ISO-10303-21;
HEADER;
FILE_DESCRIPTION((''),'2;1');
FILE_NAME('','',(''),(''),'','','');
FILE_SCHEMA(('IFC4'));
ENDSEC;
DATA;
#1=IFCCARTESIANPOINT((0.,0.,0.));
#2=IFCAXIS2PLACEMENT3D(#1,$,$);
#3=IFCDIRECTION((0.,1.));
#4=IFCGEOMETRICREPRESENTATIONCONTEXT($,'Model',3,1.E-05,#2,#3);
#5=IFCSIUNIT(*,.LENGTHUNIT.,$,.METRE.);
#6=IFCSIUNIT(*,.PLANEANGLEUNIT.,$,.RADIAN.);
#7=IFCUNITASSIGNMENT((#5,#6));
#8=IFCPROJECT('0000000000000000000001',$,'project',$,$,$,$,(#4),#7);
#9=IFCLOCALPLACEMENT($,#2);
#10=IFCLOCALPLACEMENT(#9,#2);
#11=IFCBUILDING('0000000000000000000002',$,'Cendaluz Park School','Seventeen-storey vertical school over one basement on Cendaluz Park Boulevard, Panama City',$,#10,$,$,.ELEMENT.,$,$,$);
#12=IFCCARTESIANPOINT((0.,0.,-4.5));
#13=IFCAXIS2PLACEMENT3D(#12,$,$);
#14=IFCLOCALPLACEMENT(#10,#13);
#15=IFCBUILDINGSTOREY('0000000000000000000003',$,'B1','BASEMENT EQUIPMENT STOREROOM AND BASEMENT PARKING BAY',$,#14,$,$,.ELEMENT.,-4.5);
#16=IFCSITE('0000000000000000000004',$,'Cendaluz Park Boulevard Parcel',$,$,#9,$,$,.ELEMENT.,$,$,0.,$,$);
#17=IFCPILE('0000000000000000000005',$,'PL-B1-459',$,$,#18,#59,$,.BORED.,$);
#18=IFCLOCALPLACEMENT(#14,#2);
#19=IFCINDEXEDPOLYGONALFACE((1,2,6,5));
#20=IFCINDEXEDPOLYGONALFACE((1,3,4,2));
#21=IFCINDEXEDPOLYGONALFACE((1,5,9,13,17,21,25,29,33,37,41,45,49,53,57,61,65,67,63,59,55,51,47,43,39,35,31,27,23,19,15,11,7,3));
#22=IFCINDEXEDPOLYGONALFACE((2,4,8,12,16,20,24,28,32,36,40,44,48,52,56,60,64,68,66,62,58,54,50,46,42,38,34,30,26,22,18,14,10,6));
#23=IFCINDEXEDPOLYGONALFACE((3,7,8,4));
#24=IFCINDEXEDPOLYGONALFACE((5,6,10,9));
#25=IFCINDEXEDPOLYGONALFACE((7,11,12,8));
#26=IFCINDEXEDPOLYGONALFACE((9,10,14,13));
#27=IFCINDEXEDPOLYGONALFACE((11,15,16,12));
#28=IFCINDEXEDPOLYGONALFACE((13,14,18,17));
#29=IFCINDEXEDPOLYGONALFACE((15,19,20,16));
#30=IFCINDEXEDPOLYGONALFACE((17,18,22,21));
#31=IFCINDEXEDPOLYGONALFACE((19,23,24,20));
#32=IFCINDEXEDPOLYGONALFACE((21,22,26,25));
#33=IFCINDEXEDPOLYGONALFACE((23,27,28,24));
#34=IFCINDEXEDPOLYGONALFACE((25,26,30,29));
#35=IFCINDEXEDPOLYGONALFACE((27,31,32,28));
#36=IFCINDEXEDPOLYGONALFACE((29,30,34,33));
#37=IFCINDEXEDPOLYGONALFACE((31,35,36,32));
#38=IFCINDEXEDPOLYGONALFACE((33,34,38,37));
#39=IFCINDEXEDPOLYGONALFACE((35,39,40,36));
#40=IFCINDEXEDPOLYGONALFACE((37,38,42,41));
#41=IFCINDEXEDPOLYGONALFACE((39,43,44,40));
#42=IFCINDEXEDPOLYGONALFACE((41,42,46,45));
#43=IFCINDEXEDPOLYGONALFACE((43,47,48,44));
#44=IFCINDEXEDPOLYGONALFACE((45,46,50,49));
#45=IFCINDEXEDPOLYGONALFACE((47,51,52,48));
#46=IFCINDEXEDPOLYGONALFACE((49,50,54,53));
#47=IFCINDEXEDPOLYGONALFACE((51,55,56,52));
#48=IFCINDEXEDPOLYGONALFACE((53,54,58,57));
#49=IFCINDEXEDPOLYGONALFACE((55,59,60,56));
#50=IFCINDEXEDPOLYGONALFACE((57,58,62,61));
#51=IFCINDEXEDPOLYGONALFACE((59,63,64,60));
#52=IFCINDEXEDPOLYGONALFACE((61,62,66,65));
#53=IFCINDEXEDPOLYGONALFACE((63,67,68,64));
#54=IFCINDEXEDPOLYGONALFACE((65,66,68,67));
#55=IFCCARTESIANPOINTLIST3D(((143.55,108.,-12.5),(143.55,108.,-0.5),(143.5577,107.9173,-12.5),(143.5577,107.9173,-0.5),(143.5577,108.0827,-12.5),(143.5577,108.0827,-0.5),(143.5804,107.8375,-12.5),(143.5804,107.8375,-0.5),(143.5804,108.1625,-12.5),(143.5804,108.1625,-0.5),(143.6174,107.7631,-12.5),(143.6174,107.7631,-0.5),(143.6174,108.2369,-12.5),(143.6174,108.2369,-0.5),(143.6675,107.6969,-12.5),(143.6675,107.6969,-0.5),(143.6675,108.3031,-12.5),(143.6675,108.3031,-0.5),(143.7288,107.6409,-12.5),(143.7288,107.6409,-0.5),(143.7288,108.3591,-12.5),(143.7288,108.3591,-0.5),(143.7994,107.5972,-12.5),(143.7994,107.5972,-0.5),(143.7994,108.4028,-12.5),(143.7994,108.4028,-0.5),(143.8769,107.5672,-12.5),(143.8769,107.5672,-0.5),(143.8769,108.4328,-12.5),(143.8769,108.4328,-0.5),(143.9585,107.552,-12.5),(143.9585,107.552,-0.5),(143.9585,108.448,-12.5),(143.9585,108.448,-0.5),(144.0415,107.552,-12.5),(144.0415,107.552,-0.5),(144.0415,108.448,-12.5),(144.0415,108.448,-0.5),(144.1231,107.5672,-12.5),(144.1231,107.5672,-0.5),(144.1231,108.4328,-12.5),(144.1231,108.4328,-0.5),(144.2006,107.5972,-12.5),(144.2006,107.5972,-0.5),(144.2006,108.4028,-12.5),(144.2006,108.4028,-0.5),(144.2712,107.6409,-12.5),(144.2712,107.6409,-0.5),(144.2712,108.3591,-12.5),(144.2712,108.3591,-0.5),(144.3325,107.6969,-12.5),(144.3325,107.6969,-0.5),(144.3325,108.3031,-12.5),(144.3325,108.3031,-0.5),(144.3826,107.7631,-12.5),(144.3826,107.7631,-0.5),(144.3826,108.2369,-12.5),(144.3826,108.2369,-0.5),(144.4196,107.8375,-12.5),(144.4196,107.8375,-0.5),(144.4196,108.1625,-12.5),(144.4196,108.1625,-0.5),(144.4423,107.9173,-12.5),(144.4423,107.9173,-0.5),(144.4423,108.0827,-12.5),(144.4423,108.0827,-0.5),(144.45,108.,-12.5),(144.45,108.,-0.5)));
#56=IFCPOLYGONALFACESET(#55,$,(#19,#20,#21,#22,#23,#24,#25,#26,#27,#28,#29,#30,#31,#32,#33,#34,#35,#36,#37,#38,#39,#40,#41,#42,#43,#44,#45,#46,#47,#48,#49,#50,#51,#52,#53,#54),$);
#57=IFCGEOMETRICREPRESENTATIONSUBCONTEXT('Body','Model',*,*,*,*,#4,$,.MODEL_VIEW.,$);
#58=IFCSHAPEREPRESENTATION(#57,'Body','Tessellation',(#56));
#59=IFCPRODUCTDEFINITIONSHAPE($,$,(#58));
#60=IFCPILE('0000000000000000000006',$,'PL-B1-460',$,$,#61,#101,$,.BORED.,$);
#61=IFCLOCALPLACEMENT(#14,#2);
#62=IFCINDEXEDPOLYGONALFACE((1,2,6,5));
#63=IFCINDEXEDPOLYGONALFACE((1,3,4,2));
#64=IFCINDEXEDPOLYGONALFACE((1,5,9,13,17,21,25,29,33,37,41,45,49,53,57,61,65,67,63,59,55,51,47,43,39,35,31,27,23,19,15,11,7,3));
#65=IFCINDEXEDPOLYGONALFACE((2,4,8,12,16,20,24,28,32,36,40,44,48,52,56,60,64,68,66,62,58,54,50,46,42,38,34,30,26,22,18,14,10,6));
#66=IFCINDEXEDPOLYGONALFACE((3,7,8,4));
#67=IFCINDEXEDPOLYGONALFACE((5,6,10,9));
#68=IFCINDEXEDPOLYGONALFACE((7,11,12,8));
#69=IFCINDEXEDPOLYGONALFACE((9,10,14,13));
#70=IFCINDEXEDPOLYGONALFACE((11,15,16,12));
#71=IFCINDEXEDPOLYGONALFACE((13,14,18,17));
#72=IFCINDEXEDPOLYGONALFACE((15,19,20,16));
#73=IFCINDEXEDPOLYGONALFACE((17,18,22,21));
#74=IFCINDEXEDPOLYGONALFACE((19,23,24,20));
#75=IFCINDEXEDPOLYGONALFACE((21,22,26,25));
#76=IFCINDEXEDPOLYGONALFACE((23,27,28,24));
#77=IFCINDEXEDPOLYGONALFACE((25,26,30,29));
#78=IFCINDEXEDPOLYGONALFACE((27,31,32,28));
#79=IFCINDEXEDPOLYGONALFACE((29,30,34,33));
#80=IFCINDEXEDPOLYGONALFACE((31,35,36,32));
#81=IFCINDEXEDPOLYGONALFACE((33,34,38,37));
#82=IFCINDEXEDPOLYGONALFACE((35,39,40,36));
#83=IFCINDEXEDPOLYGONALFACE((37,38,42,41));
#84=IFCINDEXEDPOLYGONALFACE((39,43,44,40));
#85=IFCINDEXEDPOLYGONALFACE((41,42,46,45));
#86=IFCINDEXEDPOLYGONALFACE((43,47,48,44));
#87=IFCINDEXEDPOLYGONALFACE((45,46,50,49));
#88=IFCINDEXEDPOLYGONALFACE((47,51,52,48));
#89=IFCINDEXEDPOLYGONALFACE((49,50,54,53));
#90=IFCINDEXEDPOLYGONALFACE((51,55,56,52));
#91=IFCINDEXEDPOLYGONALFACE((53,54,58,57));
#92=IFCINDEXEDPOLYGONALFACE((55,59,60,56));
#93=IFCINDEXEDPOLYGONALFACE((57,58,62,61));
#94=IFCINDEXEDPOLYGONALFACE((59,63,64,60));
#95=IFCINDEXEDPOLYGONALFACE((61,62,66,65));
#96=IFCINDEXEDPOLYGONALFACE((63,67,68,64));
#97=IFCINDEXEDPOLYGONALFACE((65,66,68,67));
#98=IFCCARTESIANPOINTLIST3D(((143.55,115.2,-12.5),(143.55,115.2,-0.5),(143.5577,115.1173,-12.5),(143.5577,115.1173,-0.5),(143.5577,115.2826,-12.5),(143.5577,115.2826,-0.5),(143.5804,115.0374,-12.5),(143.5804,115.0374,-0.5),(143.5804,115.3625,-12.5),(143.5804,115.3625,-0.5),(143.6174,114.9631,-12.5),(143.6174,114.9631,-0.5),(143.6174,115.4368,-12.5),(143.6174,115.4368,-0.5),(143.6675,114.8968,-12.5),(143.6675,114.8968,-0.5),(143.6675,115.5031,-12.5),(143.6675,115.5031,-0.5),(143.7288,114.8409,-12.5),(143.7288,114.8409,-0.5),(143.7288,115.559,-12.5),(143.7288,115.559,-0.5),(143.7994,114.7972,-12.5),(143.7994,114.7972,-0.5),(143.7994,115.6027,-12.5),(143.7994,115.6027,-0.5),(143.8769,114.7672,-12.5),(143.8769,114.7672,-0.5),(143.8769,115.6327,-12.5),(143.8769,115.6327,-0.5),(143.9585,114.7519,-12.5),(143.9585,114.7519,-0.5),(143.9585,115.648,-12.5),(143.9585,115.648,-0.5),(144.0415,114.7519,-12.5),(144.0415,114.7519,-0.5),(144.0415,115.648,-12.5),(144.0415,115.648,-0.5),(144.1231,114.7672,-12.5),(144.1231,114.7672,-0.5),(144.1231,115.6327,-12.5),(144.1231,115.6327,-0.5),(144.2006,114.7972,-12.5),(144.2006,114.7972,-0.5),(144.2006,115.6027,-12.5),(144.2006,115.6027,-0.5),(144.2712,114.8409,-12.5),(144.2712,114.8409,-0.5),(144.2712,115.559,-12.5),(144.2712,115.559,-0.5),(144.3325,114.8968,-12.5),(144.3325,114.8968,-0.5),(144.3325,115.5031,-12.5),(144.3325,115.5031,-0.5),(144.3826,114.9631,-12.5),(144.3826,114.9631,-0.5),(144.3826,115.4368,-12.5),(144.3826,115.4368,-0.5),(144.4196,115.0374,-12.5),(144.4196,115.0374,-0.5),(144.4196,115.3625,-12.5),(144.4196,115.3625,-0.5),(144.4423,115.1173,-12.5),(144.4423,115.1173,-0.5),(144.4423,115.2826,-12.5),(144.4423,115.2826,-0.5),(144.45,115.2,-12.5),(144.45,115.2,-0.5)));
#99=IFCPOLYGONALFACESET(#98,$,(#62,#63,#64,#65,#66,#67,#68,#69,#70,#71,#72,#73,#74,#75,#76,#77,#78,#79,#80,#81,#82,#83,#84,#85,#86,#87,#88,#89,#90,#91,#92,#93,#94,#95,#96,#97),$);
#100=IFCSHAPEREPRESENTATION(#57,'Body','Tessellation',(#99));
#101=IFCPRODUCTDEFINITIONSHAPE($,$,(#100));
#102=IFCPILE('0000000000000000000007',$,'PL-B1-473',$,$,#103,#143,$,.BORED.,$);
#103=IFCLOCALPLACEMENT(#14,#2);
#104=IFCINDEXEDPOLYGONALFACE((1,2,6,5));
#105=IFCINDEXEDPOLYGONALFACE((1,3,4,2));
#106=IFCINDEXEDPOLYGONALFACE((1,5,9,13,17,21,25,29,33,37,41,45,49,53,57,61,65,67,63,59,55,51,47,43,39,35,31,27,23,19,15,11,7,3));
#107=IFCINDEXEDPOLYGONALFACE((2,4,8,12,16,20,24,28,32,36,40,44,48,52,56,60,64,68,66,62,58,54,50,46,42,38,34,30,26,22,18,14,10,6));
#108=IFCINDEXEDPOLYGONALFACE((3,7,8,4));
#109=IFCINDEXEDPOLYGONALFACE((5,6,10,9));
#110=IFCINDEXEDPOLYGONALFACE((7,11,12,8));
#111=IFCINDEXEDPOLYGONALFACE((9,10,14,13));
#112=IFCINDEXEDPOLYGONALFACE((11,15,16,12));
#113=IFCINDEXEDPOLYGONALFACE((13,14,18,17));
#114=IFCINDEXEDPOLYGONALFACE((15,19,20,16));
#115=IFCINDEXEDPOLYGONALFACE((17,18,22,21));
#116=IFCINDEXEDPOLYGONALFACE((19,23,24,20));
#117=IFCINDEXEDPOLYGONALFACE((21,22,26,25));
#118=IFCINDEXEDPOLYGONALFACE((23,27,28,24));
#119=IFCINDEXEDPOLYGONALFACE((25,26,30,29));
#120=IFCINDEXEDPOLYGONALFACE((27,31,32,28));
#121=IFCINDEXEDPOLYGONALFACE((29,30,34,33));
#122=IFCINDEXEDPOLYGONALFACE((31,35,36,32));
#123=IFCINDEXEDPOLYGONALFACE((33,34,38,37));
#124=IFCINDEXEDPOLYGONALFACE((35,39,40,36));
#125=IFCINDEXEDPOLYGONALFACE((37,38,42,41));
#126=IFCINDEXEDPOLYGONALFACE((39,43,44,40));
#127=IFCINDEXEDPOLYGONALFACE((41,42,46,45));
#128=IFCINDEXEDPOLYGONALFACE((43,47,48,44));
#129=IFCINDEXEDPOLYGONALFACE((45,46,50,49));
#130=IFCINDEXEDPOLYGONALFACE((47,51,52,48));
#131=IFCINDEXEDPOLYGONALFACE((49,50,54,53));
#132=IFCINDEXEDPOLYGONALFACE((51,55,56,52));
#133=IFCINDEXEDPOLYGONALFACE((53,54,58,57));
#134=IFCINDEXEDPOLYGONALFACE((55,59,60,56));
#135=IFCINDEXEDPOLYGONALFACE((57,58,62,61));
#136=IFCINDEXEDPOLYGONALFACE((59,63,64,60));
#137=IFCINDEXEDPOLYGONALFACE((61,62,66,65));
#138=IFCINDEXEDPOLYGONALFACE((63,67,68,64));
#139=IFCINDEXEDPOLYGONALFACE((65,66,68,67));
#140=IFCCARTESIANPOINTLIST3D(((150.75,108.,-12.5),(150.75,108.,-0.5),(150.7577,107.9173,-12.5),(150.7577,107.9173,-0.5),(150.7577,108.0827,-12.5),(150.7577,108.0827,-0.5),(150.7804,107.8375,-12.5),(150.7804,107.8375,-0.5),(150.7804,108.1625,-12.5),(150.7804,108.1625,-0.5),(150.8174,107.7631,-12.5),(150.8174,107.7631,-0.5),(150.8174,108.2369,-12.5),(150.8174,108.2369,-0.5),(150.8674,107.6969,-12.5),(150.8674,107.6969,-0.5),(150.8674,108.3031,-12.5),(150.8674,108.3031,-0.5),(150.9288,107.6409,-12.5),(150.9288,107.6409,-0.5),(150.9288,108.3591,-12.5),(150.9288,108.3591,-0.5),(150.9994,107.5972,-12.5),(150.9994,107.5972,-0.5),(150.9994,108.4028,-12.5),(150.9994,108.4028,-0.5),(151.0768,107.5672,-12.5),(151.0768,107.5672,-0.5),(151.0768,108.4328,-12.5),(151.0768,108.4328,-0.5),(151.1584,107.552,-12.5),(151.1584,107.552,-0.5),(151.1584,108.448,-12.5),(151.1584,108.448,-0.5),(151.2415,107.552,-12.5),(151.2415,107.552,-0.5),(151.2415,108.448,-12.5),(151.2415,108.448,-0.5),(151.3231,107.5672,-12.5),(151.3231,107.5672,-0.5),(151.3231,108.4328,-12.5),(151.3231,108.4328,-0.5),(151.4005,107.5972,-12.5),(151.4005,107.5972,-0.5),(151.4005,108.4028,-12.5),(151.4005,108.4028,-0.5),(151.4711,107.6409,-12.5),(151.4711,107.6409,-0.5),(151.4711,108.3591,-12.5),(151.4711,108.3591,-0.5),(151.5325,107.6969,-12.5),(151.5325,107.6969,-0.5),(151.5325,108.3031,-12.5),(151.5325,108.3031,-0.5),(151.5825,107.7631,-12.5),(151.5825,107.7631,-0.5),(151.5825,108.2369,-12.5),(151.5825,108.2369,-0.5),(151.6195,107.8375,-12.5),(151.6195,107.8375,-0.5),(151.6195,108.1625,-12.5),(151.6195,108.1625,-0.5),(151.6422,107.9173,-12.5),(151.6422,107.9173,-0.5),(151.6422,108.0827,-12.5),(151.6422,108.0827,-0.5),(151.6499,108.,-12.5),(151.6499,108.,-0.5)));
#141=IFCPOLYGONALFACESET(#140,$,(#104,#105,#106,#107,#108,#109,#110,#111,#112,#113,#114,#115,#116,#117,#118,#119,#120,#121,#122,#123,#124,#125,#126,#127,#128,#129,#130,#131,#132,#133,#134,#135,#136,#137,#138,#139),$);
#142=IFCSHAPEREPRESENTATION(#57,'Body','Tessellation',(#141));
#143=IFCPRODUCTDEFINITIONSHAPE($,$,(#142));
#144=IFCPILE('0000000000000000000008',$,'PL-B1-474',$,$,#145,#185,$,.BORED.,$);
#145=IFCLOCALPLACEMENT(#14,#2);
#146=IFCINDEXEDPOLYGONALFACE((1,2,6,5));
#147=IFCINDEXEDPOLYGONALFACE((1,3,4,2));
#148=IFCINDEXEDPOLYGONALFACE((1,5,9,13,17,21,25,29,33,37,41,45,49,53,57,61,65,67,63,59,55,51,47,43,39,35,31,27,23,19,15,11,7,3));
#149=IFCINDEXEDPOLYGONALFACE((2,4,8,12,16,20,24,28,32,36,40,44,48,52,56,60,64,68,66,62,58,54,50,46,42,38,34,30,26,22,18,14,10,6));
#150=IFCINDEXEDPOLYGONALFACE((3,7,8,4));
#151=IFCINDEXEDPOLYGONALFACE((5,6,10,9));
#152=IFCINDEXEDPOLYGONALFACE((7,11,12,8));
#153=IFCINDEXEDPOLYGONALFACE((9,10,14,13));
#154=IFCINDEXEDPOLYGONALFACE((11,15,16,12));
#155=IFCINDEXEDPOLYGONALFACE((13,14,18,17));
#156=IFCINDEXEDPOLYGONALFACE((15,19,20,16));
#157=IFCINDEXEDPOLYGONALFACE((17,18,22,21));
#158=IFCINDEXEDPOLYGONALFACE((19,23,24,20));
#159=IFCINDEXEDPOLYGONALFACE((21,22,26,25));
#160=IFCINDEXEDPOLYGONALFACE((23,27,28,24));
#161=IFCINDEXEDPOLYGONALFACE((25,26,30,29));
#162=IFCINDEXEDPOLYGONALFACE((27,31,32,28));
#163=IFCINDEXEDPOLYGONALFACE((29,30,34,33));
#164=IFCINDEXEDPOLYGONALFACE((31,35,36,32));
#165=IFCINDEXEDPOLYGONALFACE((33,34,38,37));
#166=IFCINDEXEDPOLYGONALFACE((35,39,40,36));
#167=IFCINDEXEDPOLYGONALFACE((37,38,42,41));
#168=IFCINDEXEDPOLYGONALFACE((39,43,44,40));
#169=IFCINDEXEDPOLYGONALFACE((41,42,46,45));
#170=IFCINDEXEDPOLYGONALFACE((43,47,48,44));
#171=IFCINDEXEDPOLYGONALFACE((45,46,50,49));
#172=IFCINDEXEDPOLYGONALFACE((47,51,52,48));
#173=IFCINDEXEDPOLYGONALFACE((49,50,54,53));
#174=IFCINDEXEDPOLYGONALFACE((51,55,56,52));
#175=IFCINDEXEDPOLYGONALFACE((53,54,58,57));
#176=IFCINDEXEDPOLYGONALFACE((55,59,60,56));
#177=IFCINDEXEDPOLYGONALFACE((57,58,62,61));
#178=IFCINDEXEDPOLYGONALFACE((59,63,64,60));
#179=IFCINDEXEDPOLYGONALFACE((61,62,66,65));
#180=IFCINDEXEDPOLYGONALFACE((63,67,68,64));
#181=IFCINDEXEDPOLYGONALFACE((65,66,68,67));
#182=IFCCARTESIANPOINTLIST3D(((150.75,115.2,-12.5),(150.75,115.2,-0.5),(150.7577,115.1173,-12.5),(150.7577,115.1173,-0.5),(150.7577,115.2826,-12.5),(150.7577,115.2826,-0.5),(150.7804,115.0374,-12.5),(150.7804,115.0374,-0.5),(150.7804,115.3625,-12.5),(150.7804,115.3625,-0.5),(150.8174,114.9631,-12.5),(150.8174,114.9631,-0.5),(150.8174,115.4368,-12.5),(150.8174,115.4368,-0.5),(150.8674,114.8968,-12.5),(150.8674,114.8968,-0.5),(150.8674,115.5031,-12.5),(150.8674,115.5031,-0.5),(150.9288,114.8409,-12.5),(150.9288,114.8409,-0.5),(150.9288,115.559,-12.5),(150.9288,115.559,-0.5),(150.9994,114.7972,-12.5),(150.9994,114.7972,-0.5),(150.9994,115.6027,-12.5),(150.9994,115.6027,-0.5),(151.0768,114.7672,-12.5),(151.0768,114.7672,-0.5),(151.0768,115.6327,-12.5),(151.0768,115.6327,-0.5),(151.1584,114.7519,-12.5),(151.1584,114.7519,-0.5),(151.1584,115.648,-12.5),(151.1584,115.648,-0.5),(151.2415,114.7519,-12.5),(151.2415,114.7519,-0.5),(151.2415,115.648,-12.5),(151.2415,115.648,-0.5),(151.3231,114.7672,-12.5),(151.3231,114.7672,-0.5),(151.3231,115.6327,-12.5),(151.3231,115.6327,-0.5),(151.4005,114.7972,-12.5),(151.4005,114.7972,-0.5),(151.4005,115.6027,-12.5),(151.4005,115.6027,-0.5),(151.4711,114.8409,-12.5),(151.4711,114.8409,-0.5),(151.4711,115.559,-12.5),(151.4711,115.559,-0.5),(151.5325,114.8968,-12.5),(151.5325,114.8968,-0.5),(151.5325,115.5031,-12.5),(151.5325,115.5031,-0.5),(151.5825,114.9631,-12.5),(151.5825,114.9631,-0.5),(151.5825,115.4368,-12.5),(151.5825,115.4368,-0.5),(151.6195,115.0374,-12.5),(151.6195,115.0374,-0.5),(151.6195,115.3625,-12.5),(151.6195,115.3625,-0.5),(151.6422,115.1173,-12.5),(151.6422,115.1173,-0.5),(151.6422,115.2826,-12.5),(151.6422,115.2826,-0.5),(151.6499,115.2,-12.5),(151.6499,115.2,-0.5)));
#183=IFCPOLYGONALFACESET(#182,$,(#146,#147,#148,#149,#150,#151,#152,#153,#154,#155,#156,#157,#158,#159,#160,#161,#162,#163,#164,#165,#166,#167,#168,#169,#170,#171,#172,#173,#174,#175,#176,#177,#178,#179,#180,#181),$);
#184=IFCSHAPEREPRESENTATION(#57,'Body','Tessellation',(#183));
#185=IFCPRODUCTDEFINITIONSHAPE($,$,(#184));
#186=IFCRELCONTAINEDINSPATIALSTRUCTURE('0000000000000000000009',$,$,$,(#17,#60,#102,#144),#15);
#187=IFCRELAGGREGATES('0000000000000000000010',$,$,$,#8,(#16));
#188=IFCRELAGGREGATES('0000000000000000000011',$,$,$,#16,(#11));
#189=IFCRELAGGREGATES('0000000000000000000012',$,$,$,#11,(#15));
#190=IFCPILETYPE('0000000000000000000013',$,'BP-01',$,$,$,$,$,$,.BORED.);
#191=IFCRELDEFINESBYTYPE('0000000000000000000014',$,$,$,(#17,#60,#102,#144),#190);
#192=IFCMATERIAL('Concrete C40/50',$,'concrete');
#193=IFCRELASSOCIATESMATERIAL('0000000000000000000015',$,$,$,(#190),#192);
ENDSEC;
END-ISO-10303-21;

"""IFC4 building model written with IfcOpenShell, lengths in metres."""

from ifc_helpers import new_model, si_unit, direction, frame, origin, origin_2d, place, context, subcontext, project, spatial, circle, extrude, material, material_profile, profile_set, type_object, element, save


model = new_model("IFC4")

# Units and contexts
model_context = context("Model", 3, precision=1e-05, world=origin(), true_north=direction((0.0, 1.0)))
body_context = subcontext(model_context, "Body", "Model", "MODEL_VIEW")
ifc_project = project(units=[si_unit("LENGTHUNIT", "METRE"), si_unit("PLANEANGLEUNIT", "RADIAN")], contexts=[model_context])

# Site, building, storey
site_placement = place(None, origin())
site = spatial("IfcSite", under=ifc_project, at=site_placement, Name="Cendaluz Park Boulevard Parcel", CompositionType="ELEMENT", RefElevation=0.0)
building_placement = place(site_placement, origin())
building = spatial("IfcBuilding", under=site, at=building_placement, Name="Cendaluz Park School", Description="Seventeen-storey vertical school over one basement on Cendaluz Park Boulevard, Panama City", CompositionType="ELEMENT")
storey_placement = place(building_placement, frame((0.0, 0.0, -4.5)))
storey = spatial("IfcBuildingStorey", under=building, at=storey_placement, Name="B1", Description="BASEMENT EQUIPMENT STOREROOM AND BASEMENT PARKING BAY", CompositionType="ELEMENT", Elevation=-4.5)

# Piles
ifc_material_1 = material(Name="Concrete C40/50", Category="concrete")
ifc_material_profile_1 = material_profile(ifc_material_1, circle(Radius=0.45, at=origin_2d()), Name="BP D900", Category="concrete")
ifc_profile_set_1 = profile_set([ifc_material_profile_1], Name="Concrete C40/50")
pile_type_1 = type_object("IfcPileType", Name="BP-01", PredefinedType="BORED", material=ifc_profile_set_1)
for number, where, z_axis, x_axis, name in (
    (1, (144.0, 108.0, -0.5), (0.0, 0.0, -1.0), (1.0, 0.0, 0.0), "PL-B1-459"),
    (2, (144.0, 115.2, -0.5), (0.0, 0.0, -1.0), (1.0, 0.0, 0.0), "PL-B1-460"),
    (3, (151.2, 108.0, -0.5), (0.0, 0.0, -1.0), (1.0, 0.0, 0.0), "PL-B1-473"),
    (4, (151.2, 115.2, -0.5), (0.0, 0.0, -1.0), (1.0, 0.0, 0.0), "PL-B1-474"),
):
    element("IfcPile", number, at=place(storey_placement, frame(where, z_axis=z_axis, x_axis=x_axis)), inside=storey, type_object=pile_type_1, Name=name, PredefinedType="BORED", context=body_context, shape_type="SweptSolid", body=[
        extrude(circle(Radius=0.45, at=origin_2d()), origin(), (0.0, 0.0, 1.0), 12.0),
    ])

save(model, "model.ifc")
